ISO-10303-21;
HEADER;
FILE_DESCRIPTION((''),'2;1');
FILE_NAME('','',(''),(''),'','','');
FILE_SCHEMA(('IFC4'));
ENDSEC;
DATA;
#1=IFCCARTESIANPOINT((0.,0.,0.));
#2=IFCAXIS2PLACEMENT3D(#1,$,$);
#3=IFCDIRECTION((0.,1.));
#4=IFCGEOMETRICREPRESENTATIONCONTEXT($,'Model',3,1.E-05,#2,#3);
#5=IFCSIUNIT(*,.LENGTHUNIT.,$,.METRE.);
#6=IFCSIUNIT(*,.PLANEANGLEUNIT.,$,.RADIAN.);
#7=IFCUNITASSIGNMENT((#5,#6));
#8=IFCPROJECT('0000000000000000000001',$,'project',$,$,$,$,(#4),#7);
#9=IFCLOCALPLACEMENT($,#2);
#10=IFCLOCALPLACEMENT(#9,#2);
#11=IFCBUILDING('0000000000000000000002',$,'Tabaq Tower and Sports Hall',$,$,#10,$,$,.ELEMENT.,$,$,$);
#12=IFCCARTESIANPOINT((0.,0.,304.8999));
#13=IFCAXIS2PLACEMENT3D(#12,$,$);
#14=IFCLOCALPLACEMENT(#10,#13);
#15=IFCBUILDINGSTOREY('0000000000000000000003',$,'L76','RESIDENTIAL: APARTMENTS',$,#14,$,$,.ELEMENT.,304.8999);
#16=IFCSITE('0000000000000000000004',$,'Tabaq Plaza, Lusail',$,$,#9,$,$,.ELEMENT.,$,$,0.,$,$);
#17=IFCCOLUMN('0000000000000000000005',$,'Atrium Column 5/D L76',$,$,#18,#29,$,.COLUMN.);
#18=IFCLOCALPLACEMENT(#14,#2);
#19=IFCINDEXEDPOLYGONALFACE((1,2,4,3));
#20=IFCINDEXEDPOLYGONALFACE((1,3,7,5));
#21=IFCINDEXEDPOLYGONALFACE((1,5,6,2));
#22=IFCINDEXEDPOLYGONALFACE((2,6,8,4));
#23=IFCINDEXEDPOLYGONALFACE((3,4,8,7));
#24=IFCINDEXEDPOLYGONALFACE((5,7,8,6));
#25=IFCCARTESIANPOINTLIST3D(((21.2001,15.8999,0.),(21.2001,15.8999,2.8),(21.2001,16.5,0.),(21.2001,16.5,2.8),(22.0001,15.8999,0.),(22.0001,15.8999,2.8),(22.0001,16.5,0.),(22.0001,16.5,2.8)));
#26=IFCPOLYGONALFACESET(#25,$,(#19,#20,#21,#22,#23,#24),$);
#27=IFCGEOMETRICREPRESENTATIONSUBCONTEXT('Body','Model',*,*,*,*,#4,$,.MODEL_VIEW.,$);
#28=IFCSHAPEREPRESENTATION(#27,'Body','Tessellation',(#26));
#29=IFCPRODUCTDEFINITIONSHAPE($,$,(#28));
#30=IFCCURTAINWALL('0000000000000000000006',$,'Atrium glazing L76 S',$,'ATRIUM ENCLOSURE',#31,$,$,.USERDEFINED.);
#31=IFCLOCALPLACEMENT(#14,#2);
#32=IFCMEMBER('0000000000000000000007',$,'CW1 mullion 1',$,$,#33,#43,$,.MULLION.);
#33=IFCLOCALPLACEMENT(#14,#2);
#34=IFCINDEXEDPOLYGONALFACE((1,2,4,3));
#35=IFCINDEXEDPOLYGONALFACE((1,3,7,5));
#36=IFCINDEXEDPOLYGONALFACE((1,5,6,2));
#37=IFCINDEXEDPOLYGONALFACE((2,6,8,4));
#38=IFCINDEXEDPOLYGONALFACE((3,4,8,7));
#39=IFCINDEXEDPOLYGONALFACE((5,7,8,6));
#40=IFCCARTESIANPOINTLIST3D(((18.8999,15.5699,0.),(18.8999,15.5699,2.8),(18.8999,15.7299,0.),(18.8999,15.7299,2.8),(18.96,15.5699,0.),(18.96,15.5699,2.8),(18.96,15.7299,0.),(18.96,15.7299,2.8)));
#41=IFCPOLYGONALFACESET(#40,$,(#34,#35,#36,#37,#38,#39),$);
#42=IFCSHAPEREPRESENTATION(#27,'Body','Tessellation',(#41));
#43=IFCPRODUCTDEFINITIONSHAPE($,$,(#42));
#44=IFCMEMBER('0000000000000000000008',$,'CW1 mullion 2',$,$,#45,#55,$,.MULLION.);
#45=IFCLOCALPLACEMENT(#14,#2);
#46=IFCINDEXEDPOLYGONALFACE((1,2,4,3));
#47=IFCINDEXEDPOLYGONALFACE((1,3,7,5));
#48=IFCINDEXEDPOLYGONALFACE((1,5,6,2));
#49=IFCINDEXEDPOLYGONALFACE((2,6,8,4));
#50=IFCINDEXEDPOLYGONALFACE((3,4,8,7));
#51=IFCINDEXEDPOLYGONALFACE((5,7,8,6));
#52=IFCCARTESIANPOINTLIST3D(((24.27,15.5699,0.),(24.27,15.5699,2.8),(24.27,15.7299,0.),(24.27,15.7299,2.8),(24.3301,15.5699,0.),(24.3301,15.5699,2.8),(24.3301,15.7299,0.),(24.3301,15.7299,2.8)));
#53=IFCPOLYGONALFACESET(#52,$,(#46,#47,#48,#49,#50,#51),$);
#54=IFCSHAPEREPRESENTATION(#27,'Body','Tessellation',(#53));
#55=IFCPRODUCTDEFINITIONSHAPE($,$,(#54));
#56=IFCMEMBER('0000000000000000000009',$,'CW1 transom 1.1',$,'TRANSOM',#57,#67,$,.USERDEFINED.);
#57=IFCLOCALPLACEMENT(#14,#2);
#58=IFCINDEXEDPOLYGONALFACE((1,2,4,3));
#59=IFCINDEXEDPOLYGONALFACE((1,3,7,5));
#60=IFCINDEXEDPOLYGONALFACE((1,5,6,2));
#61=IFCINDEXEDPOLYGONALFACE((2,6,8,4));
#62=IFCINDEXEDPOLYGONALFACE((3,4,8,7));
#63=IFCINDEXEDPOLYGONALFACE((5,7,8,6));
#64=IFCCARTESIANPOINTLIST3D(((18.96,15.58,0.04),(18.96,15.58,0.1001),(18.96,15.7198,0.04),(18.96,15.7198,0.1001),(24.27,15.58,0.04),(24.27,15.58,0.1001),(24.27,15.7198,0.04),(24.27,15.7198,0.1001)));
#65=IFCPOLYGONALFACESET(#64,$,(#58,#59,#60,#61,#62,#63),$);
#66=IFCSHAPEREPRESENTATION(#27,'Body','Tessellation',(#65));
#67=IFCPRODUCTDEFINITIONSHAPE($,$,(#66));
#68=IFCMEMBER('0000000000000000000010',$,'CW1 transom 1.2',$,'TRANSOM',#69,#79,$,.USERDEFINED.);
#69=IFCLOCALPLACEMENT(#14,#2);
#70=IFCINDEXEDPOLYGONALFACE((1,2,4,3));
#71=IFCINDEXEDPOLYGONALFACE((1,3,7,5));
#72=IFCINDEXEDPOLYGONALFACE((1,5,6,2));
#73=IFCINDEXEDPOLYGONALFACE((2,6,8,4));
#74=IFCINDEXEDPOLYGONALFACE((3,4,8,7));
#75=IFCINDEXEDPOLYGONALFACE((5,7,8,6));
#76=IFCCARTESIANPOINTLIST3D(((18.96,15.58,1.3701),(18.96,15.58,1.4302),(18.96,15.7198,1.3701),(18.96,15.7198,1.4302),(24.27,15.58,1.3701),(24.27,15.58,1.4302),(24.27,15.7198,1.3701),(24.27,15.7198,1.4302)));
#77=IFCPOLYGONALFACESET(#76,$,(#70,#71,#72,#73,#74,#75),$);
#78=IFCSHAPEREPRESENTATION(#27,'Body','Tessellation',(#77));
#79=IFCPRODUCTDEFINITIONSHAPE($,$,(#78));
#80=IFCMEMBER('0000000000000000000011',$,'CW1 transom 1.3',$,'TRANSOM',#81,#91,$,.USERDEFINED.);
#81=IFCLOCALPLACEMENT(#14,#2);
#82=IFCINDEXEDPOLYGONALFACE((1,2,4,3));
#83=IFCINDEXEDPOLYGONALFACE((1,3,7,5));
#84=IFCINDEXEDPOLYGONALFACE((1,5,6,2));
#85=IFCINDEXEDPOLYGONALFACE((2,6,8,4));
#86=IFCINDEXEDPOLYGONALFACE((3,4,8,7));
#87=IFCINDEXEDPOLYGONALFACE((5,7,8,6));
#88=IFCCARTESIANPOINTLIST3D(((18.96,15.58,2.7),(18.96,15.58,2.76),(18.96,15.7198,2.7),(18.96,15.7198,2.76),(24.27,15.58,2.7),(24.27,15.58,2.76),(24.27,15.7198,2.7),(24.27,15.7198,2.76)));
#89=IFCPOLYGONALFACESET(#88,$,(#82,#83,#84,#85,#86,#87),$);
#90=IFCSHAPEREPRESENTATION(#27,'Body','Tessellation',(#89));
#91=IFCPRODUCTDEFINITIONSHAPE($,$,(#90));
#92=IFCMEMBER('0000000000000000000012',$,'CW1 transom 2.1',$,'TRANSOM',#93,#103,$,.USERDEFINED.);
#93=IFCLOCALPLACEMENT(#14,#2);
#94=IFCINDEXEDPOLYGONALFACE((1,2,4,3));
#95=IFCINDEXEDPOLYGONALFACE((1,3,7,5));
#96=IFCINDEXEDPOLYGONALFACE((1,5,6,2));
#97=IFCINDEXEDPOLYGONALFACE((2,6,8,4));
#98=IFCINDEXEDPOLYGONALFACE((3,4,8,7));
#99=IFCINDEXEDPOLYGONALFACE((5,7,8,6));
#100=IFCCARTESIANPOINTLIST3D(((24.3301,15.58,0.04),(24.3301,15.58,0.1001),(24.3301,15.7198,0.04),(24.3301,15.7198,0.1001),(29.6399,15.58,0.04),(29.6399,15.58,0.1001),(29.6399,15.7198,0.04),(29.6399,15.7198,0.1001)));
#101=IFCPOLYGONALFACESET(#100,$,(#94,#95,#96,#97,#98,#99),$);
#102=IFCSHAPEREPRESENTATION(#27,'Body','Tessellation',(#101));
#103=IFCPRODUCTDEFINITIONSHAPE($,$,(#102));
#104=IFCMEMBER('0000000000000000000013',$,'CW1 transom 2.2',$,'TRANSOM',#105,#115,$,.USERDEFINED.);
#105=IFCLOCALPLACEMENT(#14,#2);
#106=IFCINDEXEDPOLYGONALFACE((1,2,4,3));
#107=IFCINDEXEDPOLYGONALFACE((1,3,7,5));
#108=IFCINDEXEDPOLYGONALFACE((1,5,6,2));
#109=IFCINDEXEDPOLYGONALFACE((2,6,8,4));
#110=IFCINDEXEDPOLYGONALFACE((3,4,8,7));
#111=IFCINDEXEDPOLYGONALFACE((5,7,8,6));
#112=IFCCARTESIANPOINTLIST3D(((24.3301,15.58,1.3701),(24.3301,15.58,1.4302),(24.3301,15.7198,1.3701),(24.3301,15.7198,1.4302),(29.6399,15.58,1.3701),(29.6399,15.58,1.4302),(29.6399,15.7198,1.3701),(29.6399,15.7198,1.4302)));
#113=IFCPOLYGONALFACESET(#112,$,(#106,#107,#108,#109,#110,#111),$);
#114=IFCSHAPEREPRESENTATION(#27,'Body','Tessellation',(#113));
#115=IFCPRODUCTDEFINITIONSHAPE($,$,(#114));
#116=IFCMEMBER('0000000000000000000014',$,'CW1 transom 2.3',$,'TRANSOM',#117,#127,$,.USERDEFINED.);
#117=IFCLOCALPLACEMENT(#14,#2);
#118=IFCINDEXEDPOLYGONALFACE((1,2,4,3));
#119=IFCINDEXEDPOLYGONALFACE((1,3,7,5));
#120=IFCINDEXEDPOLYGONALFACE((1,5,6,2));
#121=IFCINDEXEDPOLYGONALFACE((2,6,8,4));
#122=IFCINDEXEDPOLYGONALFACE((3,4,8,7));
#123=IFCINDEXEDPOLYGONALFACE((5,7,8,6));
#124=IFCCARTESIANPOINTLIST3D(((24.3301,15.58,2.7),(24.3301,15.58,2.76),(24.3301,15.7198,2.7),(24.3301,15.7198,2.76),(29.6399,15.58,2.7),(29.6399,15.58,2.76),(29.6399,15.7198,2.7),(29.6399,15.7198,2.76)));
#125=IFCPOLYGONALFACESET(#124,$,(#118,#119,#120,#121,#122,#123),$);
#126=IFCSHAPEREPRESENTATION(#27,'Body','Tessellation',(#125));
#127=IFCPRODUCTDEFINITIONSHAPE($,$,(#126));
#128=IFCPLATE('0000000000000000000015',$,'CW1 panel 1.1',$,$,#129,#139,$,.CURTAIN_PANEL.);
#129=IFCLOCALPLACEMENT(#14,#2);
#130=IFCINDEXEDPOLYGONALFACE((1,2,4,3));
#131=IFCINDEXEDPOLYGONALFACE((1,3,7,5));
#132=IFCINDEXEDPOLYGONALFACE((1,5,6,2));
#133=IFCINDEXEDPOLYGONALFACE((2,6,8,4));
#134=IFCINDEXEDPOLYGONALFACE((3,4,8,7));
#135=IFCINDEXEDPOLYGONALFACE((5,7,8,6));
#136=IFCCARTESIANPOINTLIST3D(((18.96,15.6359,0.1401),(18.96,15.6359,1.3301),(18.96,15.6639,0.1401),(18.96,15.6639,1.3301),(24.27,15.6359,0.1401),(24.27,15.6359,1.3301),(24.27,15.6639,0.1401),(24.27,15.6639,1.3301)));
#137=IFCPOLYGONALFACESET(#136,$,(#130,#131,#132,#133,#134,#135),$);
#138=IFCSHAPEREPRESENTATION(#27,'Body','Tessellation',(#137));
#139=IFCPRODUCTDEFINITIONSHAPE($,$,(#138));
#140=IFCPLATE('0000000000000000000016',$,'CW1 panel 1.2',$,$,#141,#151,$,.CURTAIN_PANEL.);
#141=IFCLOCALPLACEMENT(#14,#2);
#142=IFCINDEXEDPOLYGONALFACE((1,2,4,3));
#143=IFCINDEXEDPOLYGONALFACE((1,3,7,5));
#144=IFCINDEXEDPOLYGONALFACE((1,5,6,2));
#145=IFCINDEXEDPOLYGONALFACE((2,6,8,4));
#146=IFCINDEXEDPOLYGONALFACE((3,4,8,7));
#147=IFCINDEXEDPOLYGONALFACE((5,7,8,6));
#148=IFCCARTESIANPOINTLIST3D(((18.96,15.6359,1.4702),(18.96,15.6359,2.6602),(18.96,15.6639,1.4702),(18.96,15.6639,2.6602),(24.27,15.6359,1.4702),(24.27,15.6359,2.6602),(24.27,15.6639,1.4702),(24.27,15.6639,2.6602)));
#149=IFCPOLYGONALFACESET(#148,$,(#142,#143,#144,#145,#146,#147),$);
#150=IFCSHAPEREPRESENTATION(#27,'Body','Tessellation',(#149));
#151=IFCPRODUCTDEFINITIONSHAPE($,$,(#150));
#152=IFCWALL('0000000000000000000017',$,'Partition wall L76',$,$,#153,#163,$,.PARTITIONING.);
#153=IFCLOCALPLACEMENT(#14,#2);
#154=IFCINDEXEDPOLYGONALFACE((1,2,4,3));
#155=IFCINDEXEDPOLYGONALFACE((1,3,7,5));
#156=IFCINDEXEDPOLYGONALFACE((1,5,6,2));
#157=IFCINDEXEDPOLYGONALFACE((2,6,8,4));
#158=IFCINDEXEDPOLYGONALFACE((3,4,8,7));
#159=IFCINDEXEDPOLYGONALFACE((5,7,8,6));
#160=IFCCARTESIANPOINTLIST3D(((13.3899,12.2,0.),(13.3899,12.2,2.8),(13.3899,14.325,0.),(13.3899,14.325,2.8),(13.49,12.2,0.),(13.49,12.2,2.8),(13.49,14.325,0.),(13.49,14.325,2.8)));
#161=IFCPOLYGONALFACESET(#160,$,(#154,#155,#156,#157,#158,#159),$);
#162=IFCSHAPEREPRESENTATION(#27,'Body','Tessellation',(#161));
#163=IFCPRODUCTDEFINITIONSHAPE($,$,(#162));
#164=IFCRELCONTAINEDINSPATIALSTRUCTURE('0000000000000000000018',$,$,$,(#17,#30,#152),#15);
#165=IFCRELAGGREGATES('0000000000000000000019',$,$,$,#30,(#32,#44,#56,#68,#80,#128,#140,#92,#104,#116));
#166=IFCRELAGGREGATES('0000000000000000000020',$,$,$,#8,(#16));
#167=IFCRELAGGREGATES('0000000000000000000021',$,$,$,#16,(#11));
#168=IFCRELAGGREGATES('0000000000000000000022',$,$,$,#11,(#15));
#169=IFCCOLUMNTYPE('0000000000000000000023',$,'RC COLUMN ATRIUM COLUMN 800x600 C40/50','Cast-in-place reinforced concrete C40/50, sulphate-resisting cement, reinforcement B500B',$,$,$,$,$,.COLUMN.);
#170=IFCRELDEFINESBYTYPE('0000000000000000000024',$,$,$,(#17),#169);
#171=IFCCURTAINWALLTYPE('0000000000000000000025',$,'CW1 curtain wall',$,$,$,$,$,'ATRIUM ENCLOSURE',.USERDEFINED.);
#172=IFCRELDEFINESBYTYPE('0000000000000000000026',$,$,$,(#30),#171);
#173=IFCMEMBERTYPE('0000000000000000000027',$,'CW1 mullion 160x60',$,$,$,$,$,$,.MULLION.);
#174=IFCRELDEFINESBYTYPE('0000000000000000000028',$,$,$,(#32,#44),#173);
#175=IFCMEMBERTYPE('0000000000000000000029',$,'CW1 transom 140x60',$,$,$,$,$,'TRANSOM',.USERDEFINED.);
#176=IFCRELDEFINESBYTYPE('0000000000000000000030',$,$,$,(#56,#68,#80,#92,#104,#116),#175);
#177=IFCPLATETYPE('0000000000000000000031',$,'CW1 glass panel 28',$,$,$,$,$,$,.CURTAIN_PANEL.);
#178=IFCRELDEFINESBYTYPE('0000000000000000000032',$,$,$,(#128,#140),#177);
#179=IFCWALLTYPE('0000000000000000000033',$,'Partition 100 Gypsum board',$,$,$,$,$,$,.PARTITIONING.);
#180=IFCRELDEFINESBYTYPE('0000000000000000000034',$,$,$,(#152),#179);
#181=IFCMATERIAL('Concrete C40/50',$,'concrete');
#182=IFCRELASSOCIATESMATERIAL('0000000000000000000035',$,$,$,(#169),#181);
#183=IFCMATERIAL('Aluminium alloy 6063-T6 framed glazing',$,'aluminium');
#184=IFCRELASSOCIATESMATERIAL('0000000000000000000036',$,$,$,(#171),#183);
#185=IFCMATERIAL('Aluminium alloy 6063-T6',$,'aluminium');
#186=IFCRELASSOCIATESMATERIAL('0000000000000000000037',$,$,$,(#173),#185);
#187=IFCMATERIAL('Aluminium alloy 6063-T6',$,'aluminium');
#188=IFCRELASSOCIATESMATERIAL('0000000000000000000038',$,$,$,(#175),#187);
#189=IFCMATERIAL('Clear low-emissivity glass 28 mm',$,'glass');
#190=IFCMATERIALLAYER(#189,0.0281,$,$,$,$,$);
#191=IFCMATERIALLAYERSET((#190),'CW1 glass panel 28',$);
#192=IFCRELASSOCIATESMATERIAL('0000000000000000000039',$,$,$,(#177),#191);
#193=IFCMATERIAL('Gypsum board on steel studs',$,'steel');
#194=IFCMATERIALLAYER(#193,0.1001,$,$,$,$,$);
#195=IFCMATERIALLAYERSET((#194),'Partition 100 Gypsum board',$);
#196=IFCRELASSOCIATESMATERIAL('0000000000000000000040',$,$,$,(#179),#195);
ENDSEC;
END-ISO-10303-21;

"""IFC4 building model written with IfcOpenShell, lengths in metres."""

from ifc_helpers import new_model, si_unit, direction, frame, frame_2d, origin, origin_2d, place, context, subcontext, project, spatial, rectangle, extrude, material, layer, layer_set, material_profile, profile_set, type_object, element, aggregate, save


model = new_model("IFC4")

# Units and contexts
model_context = context("Model", 3, precision=1e-05, world=origin(), true_north=direction((0.0, 1.0)))
body_context = subcontext(model_context, "Body", "Model", "MODEL_VIEW")
ifc_project = project(units=[si_unit("LENGTHUNIT", "METRE"), si_unit("PLANEANGLEUNIT", "RADIAN")], contexts=[model_context])

# Site, building, storey
site_placement = place(None, origin())
site = spatial("IfcSite", under=ifc_project, at=site_placement, Name="Tabaq Plaza, Lusail", CompositionType="ELEMENT", RefElevation=0.0)
building_placement = place(site_placement, origin())
building = spatial("IfcBuilding", under=site, at=building_placement, Name="Tabaq Tower and Sports Hall", CompositionType="ELEMENT")
storey_placement = place(building_placement, frame((0.0, 0.0, 304.8999)))
storey = spatial("IfcBuildingStorey", under=building, at=storey_placement, Name="L76", Description="RESIDENTIAL: APARTMENTS", CompositionType="ELEMENT", Elevation=304.8999)

# Column
ifc_material_1 = material(Name="Concrete C40/50", Category="concrete")
ifc_material_profile_1 = material_profile(ifc_material_1, rectangle(XDim=0.8, YDim=0.6001, at=origin_2d()), Name="ATRIUM COLUMN 800x600")
ifc_profile_set_1 = profile_set([ifc_material_profile_1], Name="Concrete C40/50")
column_type = type_object("IfcColumnType", Name="RC COLUMN ATRIUM COLUMN 800x600 C40/50", Description="Cast-in-place reinforced concrete C40/50, sulphate-resisting cement, reinforcement B500B", PredefinedType="COLUMN", material=ifc_profile_set_1)
column_placement = place(storey_placement, frame((21.6001, 16.2, 0.0), z_axis=(0.0, 0.0, 1.0), x_axis=(1.0, 0.0, 0.0)))
element("IfcColumn", 1, at=column_placement, inside=storey, type_object=column_type, Name="Atrium Column 5/D L76", PredefinedType="COLUMN", context=body_context, shape_type="SweptSolid", body=[
    extrude(rectangle(XDim=0.8, YDim=0.6001, at=origin_2d()), origin(), (0.0, 0.0, 1.0), 2.8),
])

# Curtain wall, members, plates
ifc_material_2 = material(Name="Aluminium alloy 6063-T6 framed glazing", Category="aluminium")
curtain_wall_type = type_object("IfcCurtainWallType", Name="CW1 curtain wall", ElementType="ATRIUM ENCLOSURE", PredefinedType="USERDEFINED", material=ifc_material_2)
curtain_wall_placement = place(storey_placement, origin())
curtain_wall = element("IfcCurtainWall", 2, at=curtain_wall_placement, inside=storey, type_object=curtain_wall_type, Name="Atrium glazing L76 S", ObjectType="ATRIUM ENCLOSURE", PredefinedType="USERDEFINED")
ifc_material_3 = material(Name="Aluminium alloy 6063-T6", Category="aluminium")
ifc_material_profile_2 = material_profile(ifc_material_3, rectangle(XDim=0.1599, YDim=0.0601, at=origin_2d()), Name="MULLION 160x60")
ifc_profile_set_2 = profile_set([ifc_material_profile_2], Name="Aluminium alloy 6063-T6")
member_type_1 = type_object("IfcMemberType", Name="CW1 mullion 160x60", PredefinedType="MULLION", material=ifc_profile_set_2)
member_1_placement = place(storey_placement, frame((18.9299, 15.6499, 0.0), z_axis=(0.0, 0.0, 1.0), x_axis=(0.0, 1.0, 0.0)))
member_1 = element("IfcMember", 3, at=member_1_placement, type_object=member_type_1, Name="CW1 mullion 1", PredefinedType="MULLION", context=body_context, shape_type="SweptSolid", body=[
    extrude(rectangle(XDim=0.1599, YDim=0.0601, at=origin_2d()), origin(), (0.0, 0.0, 1.0), 2.8),
])
member_2_placement = place(storey_placement, frame((24.3, 15.6499, 0.0), z_axis=(0.0, 0.0, 1.0), x_axis=(0.0, 1.0, 0.0)))
member_2 = element("IfcMember", 4, at=member_2_placement, type_object=member_type_1, Name="CW1 mullion 2", PredefinedType="MULLION", context=body_context, shape_type="SweptSolid", body=[
    extrude(rectangle(XDim=0.1599, YDim=0.0601, at=origin_2d()), origin(), (0.0, 0.0, 1.0), 2.8),
])
ifc_material_4 = material(Name="Aluminium alloy 6063-T6", Category="aluminium")
ifc_material_profile_3 = material_profile(ifc_material_4, rectangle(XDim=0.1399, YDim=0.0601, at=origin_2d()), Name="TRANSOM 140x60")
ifc_profile_set_3 = profile_set([ifc_material_profile_3], Name="Aluminium alloy 6063-T6")
member_type_2 = type_object("IfcMemberType", Name="CW1 transom 140x60", ElementType="TRANSOM", PredefinedType="USERDEFINED", material=ifc_profile_set_3)
member_3_placement = place(storey_placement, frame((18.96, 15.6499, 0.0701), z_axis=(1.0, 0.0, 0.0), x_axis=(0.0, 1.0, 0.0)))
member_3 = element("IfcMember", 5, at=member_3_placement, type_object=member_type_2, Name="CW1 transom 1.1", ObjectType="TRANSOM", PredefinedType="USERDEFINED", context=body_context, shape_type="SweptSolid", body=[
    extrude(rectangle(XDim=0.1399, YDim=0.0601, at=origin_2d()), origin(), (0.0, 0.0, 1.0), 5.3101),
])
member_4_placement = place(storey_placement, frame((18.96, 15.6499, 1.4001), z_axis=(1.0, 0.0, 0.0), x_axis=(0.0, 1.0, 0.0)))
member_4 = element("IfcMember", 6, at=member_4_placement, type_object=member_type_2, Name="CW1 transom 1.2", ObjectType="TRANSOM", PredefinedType="USERDEFINED", context=body_context, shape_type="SweptSolid", body=[
    extrude(rectangle(XDim=0.1399, YDim=0.0601, at=origin_2d()), origin(), (0.0, 0.0, 1.0), 5.3101),
])
member_5_placement = place(storey_placement, frame((18.96, 15.6499, 2.73), z_axis=(1.0, 0.0, 0.0), x_axis=(0.0, 1.0, 0.0)))
member_5 = element("IfcMember", 7, at=member_5_placement, type_object=member_type_2, Name="CW1 transom 1.3", ObjectType="TRANSOM", PredefinedType="USERDEFINED", context=body_context, shape_type="SweptSolid", body=[
    extrude(rectangle(XDim=0.1399, YDim=0.0601, at=origin_2d()), origin(), (0.0, 0.0, 1.0), 5.3101),
])
member_6_placement = place(storey_placement, frame((24.3301, 15.6499, 0.0701), z_axis=(1.0, 0.0, 0.0), x_axis=(0.0, 1.0, 0.0)))
member_6 = element("IfcMember", 8, at=member_6_placement, type_object=member_type_2, Name="CW1 transom 2.1", ObjectType="TRANSOM", PredefinedType="USERDEFINED", context=body_context, shape_type="SweptSolid", body=[
    extrude(rectangle(XDim=0.1399, YDim=0.0601, at=origin_2d()), origin(), (0.0, 0.0, 1.0), 5.3098),
])
member_7_placement = place(storey_placement, frame((24.3301, 15.6499, 1.4001), z_axis=(1.0, 0.0, 0.0), x_axis=(0.0, 1.0, 0.0)))
member_7 = element("IfcMember", 9, at=member_7_placement, type_object=member_type_2, Name="CW1 transom 2.2", ObjectType="TRANSOM", PredefinedType="USERDEFINED", context=body_context, shape_type="SweptSolid", body=[
    extrude(rectangle(XDim=0.1399, YDim=0.0601, at=origin_2d()), origin(), (0.0, 0.0, 1.0), 5.3098),
])
member_8_placement = place(storey_placement, frame((24.3301, 15.6499, 2.73), z_axis=(1.0, 0.0, 0.0), x_axis=(0.0, 1.0, 0.0)))
member_8 = element("IfcMember", 10, at=member_8_placement, type_object=member_type_2, Name="CW1 transom 2.3", ObjectType="TRANSOM", PredefinedType="USERDEFINED", context=body_context, shape_type="SweptSolid", body=[
    extrude(rectangle(XDim=0.1399, YDim=0.0601, at=origin_2d()), origin(), (0.0, 0.0, 1.0), 5.3098),
])
ifc_material_5 = material(Name="Clear low-emissivity glass 28 mm", Category="glass")
ifc_layer_1 = layer(ifc_material_5, 0.0281)
ifc_layer_set_1 = layer_set([ifc_layer_1], Name="CW1 glass panel 28")
plate_type = type_object("IfcPlateType", Name="CW1 glass panel 28", PredefinedType="CURTAIN_PANEL", material=ifc_layer_set_1)
plate_1_placement = place(storey_placement, frame((21.615, 15.6499, 0.1401), z_axis=(0.0, 0.0, 1.0), x_axis=(1.0, 0.0, 0.0)))
plate_1 = element("IfcPlate", 11, at=plate_1_placement, type_object=plate_type, Name="CW1 panel 1.1", PredefinedType="CURTAIN_PANEL", context=body_context, shape_type="SweptSolid", body=[
    extrude(rectangle(XDim=5.3101, YDim=0.0281, at=origin_2d()), origin(), (0.0, 0.0, 1.0), 1.1899),
])
plate_2_placement = place(storey_placement, frame((21.615, 15.6499, 1.4702), z_axis=(0.0, 0.0, 1.0), x_axis=(1.0, 0.0, 0.0)))
plate_2 = element("IfcPlate", 12, at=plate_2_placement, type_object=plate_type, Name="CW1 panel 1.2", PredefinedType="CURTAIN_PANEL", context=body_context, shape_type="SweptSolid", body=[
    extrude(rectangle(XDim=5.3101, YDim=0.0281, at=origin_2d()), origin(), (0.0, 0.0, 1.0), 1.1899),
])
aggregate(curtain_wall, [member_1, member_2, member_3, member_4, member_5, plate_1, plate_2, member_6, member_7, member_8])

# Wall
ifc_material_6 = material(Name="Gypsum board on steel studs", Category="steel")
ifc_layer_2 = layer(ifc_material_6, 0.1001)
ifc_layer_set_2 = layer_set([ifc_layer_2], Name="Partition 100 Gypsum board")
wall_type_1 = type_object("IfcWallType", Name="Partition 100 Gypsum board", PredefinedType="PARTITIONING", material=ifc_layer_set_2)
wall_1_placement = place(storey_placement, frame((13.4399, 12.2, 0.0), z_axis=(0.0, 0.0, 1.0), x_axis=(0.0, 1.0, 0.0)))
element("IfcWall", 13, at=wall_1_placement, inside=storey, type_object=wall_type_1, Name="Partition wall L76", PredefinedType="PARTITIONING", context=body_context, shape_type="SweptSolid", body=[
    extrude(rectangle(XDim=2.125, YDim=0.1001, at=frame_2d((1.0625, 0.0))), origin(), (0.0, 0.0, 1.0), 2.8),
])

save(model, "model.ifc")
